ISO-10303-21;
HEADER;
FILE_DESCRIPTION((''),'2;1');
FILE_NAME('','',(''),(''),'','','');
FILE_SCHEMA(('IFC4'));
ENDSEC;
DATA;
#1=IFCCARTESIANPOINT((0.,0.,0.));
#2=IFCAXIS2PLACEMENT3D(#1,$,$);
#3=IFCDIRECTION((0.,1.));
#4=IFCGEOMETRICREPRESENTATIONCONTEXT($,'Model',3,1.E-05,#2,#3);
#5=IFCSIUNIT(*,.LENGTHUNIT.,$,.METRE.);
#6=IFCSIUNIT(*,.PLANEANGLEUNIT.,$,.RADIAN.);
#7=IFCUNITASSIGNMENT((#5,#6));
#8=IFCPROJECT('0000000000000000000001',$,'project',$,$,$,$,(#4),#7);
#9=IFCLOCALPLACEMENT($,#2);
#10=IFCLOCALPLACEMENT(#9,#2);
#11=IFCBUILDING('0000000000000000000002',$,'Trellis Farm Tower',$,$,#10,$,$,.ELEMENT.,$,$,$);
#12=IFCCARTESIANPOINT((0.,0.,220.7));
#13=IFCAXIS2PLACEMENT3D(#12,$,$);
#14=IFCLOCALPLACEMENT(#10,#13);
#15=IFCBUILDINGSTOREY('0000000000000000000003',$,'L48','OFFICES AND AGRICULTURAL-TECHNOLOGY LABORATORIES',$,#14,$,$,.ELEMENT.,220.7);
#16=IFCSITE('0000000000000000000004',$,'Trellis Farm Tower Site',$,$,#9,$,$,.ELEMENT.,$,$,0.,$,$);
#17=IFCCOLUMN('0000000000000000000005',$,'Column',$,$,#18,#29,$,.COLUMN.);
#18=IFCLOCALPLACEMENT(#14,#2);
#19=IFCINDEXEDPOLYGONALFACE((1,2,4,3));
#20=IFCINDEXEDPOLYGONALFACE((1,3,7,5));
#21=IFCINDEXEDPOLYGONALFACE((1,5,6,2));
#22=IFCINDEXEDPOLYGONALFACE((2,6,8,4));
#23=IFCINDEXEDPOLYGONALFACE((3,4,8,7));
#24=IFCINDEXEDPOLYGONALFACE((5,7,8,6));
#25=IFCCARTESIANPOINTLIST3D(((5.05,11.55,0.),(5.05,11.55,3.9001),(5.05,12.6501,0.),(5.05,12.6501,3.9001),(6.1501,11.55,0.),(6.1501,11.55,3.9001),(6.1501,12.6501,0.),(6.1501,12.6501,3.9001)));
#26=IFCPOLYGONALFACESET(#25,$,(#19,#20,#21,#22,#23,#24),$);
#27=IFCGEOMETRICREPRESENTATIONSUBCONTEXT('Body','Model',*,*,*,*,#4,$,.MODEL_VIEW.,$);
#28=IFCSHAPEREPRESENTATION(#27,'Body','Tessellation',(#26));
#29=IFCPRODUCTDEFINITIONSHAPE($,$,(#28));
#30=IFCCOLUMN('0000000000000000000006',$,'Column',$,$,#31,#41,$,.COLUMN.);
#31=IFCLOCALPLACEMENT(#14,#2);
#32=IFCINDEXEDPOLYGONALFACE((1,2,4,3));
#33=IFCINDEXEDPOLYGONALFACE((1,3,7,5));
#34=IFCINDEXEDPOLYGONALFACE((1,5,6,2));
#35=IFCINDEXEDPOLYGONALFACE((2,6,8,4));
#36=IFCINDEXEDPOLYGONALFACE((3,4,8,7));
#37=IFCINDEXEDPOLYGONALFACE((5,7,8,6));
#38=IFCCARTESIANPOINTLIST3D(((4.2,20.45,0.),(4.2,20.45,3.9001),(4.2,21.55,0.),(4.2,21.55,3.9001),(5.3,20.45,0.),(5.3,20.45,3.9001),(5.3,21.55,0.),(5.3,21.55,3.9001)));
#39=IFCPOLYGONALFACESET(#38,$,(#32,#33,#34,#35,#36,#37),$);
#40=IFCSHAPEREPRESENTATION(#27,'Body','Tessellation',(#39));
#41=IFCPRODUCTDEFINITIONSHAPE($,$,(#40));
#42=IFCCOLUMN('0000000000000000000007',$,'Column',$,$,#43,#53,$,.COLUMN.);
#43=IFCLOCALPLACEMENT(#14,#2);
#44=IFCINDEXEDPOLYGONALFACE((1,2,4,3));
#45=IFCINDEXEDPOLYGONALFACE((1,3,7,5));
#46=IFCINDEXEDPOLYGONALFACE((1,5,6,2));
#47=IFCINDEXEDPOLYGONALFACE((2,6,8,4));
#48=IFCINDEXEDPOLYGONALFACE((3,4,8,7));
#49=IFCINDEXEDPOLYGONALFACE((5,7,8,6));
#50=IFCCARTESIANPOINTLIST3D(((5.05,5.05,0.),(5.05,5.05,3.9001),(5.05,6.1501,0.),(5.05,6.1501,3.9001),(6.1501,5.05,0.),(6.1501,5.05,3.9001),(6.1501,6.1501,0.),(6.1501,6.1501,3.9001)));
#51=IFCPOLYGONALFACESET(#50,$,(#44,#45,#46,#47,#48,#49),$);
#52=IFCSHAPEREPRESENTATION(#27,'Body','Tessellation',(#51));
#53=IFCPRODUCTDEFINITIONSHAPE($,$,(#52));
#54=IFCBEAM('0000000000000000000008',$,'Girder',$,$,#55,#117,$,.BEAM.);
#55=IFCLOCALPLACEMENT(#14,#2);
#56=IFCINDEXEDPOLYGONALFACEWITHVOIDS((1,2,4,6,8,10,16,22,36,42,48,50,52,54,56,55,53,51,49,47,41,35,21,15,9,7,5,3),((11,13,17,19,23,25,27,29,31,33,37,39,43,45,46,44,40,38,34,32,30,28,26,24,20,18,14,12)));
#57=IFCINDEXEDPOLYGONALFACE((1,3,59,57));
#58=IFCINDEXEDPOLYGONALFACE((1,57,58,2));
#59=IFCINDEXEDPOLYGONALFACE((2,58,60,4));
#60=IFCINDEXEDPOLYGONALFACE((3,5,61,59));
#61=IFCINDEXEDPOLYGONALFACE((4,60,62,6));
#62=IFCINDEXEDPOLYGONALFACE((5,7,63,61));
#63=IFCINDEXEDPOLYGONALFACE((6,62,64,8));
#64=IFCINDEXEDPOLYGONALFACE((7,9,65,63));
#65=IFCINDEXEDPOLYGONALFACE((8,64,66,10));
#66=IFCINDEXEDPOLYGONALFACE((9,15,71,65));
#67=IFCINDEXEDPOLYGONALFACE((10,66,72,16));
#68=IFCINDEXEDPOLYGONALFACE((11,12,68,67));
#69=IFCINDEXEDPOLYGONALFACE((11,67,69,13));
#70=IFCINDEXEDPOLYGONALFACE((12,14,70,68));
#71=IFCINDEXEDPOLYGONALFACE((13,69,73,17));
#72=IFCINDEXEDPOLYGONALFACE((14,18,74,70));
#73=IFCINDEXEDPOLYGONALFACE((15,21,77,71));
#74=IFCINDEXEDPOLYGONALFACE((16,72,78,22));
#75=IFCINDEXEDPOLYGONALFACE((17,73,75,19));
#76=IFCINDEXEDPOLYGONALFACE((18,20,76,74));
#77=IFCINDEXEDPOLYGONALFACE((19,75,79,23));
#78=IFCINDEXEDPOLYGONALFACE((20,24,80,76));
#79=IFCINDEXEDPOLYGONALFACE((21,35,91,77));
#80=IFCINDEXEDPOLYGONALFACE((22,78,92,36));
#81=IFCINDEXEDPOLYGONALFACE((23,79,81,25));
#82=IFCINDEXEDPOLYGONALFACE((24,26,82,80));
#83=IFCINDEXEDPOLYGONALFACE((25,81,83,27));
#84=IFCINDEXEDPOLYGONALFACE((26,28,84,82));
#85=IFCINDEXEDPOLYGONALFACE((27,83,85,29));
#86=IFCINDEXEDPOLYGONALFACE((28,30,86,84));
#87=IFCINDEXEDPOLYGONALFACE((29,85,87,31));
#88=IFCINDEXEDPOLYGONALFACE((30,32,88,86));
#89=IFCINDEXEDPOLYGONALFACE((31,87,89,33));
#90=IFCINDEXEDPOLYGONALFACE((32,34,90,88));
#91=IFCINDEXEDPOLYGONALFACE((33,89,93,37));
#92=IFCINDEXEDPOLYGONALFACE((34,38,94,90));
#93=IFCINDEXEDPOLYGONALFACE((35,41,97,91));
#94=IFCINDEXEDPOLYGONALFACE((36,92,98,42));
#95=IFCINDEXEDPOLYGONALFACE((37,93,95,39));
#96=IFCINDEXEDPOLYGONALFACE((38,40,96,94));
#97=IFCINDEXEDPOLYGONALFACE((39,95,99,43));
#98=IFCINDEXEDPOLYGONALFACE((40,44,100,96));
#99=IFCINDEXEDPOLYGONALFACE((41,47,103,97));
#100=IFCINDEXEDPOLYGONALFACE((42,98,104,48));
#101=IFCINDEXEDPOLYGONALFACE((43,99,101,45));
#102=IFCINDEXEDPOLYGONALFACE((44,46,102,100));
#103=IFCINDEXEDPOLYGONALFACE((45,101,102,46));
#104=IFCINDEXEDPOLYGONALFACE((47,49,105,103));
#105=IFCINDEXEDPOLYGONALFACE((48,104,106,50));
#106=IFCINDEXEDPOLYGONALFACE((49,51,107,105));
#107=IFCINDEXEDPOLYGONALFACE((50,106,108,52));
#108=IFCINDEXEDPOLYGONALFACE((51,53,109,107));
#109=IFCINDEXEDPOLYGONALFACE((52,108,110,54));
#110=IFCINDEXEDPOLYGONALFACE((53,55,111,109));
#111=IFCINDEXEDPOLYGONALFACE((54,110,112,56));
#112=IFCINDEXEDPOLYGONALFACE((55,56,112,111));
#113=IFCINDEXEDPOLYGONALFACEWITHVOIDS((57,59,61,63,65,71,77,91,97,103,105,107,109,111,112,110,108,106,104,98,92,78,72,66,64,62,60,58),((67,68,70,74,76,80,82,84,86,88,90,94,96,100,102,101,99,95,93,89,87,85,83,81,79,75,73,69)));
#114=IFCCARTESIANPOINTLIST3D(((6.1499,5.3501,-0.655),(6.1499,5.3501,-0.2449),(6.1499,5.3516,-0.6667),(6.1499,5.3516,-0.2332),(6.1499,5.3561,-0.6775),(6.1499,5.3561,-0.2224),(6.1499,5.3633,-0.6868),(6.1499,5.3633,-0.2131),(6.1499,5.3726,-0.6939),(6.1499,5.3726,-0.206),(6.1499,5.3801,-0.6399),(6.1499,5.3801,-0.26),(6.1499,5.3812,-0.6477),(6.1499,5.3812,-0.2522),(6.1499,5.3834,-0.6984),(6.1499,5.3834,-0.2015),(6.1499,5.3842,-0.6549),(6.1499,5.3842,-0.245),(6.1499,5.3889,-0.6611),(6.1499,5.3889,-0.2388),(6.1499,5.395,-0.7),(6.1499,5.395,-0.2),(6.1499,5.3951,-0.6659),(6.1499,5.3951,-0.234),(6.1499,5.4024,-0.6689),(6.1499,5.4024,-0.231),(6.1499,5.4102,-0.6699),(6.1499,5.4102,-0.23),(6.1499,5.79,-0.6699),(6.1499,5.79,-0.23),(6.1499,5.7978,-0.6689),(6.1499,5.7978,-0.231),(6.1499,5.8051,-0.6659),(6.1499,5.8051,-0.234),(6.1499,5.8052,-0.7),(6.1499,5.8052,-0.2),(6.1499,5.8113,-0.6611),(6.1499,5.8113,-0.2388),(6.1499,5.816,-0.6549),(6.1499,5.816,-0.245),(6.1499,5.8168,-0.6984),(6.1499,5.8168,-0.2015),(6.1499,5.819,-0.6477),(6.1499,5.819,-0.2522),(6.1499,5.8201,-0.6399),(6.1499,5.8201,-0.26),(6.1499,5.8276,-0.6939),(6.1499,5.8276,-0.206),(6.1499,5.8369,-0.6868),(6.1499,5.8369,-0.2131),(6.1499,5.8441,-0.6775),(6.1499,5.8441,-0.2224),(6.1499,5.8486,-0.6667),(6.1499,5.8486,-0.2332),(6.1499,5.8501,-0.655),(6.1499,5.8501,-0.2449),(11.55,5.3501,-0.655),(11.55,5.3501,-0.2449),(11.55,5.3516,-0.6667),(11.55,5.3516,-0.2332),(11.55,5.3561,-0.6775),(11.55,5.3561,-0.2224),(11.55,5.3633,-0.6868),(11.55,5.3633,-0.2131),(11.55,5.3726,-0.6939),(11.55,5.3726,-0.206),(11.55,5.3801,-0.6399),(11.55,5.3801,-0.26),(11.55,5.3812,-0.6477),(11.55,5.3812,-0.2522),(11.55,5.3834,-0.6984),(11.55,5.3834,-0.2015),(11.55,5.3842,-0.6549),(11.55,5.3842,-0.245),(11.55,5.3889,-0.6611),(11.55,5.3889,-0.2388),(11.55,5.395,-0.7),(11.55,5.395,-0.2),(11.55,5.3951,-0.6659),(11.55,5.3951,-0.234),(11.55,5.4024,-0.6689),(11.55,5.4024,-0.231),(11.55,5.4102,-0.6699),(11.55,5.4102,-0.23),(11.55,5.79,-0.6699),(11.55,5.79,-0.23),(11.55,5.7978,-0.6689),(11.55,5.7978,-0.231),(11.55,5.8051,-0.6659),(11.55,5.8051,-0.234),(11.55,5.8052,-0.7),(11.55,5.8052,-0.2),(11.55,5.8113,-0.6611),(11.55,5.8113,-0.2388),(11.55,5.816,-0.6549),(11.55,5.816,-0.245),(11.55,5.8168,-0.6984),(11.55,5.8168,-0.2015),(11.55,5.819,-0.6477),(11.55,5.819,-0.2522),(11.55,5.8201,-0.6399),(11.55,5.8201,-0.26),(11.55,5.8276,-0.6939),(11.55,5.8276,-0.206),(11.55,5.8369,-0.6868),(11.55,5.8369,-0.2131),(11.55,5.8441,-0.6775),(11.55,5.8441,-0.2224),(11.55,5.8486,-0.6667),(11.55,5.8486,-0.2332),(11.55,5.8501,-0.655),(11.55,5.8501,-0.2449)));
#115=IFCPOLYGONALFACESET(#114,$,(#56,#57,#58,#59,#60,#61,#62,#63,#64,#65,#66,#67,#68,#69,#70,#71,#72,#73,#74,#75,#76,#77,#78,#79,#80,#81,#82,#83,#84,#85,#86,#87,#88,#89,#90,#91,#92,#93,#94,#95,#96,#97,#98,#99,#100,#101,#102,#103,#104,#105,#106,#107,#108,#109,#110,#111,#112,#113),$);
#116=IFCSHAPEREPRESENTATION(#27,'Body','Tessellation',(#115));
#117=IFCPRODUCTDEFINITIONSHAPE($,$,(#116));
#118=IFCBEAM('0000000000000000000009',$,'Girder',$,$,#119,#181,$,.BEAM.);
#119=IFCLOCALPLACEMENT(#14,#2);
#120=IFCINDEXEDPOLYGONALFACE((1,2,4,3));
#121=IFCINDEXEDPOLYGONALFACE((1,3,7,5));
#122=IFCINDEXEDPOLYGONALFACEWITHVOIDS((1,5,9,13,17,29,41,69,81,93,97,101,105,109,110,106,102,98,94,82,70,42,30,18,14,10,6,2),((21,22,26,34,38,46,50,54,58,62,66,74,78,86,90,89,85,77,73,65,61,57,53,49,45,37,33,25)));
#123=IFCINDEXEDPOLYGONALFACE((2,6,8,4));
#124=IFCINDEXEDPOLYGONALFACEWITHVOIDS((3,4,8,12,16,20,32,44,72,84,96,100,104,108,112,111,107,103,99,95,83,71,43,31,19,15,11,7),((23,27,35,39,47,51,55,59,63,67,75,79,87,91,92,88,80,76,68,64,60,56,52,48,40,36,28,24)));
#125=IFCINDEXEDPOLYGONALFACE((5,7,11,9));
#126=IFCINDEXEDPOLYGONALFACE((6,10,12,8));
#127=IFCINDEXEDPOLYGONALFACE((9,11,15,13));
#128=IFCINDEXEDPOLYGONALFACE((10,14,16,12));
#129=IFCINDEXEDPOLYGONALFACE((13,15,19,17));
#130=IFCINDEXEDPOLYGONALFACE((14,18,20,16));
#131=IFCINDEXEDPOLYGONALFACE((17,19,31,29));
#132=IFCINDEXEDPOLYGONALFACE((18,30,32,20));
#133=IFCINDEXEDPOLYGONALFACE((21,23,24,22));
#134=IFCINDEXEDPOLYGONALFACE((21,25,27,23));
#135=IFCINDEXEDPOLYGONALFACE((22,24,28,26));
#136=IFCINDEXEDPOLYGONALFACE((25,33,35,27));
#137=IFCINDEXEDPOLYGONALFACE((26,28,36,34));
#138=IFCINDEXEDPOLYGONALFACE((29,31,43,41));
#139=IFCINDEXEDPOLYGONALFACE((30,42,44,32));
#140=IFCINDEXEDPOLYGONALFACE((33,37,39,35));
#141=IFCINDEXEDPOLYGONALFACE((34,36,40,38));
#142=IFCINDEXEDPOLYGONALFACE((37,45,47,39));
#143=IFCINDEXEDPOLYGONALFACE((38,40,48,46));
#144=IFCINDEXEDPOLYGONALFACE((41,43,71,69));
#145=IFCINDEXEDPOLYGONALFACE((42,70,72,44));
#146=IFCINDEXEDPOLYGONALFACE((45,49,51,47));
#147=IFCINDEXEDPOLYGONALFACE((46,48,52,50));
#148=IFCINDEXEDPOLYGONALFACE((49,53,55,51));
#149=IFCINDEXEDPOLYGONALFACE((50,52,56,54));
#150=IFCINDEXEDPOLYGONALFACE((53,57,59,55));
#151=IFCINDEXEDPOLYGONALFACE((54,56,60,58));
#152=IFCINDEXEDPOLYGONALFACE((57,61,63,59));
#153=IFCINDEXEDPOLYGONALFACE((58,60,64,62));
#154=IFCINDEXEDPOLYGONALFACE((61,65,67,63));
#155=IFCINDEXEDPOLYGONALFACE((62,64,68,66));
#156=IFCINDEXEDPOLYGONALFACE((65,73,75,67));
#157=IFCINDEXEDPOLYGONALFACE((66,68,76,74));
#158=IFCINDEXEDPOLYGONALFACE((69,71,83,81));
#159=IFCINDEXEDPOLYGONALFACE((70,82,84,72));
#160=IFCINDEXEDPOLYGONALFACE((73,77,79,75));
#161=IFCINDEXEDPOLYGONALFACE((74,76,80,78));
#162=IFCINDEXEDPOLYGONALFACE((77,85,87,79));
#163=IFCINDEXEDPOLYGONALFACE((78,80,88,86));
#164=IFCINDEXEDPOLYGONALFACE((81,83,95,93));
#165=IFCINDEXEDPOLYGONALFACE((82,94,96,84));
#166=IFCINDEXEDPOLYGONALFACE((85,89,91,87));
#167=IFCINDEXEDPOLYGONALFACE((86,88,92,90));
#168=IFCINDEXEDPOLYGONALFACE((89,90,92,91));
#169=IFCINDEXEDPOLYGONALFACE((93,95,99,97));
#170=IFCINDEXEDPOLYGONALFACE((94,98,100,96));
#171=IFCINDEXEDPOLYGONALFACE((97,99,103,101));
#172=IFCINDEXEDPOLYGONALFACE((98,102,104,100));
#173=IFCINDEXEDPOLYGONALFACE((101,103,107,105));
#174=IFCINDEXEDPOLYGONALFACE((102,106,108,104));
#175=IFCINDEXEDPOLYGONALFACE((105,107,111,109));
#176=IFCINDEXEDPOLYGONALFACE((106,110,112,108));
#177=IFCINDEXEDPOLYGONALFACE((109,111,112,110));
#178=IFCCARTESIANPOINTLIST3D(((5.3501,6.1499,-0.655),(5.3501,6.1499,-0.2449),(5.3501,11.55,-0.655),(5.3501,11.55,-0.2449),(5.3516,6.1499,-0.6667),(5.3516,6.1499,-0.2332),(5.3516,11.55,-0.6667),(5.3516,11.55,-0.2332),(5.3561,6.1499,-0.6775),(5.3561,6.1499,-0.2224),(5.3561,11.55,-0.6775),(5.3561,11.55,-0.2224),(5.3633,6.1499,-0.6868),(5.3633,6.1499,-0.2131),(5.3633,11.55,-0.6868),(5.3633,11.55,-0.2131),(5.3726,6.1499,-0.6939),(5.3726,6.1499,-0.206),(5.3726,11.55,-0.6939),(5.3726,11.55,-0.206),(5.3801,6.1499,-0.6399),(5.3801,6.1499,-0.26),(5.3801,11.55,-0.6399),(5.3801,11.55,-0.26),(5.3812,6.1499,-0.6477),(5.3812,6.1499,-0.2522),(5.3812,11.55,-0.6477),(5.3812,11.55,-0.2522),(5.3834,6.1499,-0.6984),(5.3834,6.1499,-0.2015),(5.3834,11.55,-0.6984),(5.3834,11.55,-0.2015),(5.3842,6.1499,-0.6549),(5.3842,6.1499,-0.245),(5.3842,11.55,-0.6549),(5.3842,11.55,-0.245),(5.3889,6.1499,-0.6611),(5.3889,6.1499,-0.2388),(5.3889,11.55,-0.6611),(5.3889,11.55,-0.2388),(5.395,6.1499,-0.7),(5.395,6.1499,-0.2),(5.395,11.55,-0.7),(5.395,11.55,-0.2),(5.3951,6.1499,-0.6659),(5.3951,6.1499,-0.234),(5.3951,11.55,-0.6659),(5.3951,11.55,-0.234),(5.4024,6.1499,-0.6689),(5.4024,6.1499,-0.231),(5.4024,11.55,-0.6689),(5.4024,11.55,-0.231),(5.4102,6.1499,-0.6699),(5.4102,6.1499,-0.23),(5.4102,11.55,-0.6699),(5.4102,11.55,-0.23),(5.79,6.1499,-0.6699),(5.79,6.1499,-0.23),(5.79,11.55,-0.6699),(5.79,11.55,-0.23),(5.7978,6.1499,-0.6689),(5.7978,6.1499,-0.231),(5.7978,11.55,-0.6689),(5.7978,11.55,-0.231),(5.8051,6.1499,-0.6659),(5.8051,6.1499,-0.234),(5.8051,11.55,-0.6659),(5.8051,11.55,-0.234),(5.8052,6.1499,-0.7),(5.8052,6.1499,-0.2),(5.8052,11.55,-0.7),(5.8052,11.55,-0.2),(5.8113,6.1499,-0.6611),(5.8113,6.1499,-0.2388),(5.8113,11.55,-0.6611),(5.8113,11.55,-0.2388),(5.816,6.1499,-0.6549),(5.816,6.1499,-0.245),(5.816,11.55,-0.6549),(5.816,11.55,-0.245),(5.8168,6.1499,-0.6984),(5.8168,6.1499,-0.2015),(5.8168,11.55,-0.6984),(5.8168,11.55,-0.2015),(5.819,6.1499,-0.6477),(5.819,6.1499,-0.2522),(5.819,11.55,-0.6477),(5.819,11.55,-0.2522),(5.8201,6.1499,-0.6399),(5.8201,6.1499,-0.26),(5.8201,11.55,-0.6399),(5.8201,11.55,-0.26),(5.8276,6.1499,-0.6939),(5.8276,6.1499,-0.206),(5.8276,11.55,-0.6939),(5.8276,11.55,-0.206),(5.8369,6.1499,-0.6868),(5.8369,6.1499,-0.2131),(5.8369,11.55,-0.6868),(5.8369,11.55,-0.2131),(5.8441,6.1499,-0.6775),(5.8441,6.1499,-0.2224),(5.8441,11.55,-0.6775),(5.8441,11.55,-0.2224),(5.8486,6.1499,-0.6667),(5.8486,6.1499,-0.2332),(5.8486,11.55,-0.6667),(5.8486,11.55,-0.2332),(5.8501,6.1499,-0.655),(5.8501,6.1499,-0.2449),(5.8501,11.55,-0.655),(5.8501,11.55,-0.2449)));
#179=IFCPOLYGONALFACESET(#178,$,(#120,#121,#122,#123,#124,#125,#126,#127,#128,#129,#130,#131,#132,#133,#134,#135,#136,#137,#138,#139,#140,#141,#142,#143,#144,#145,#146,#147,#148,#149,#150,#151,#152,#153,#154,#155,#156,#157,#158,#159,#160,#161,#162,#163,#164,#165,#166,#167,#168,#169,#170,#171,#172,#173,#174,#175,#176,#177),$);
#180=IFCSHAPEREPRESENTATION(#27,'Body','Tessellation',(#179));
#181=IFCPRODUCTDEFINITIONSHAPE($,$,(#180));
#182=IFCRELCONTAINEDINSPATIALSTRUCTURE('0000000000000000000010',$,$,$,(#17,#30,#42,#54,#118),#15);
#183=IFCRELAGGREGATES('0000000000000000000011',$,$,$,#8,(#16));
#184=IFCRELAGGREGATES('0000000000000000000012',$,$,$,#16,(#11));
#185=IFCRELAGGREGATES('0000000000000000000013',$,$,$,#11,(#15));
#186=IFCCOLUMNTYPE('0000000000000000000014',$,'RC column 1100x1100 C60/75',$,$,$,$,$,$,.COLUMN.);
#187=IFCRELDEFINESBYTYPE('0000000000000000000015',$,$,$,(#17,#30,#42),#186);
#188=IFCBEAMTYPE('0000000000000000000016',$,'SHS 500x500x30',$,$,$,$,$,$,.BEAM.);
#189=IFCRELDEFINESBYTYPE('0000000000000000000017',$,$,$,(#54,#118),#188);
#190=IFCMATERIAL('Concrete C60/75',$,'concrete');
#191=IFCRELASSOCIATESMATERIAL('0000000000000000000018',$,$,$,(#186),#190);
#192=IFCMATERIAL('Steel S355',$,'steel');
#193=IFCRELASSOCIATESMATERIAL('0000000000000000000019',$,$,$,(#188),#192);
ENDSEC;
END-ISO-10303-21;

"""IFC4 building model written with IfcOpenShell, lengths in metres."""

from ifc_helpers import new_model, si_unit, direction, frame, origin, origin_2d, place, context, subcontext, project, spatial, rectangle, hollow_rectangle, extrude, source, transform, mapped, material, material_profile, profile_set, type_object, element, save


model = new_model("IFC4")

# Units and contexts
model_context = context("Model", 3, precision=1e-05, world=origin(), true_north=direction((0.0, 1.0)))
body_context = subcontext(model_context, "Body", "Model", "MODEL_VIEW")
ifc_project = project(units=[si_unit("LENGTHUNIT", "METRE"), si_unit("PLANEANGLEUNIT", "RADIAN")], contexts=[model_context])

# Site, building, storey
site_placement = place(None, origin())
site = spatial("IfcSite", under=ifc_project, at=site_placement, Name="Trellis Farm Tower Site", CompositionType="ELEMENT", RefElevation=0.0)
building_placement = place(site_placement, origin())
building = spatial("IfcBuilding", under=site, at=building_placement, Name="Trellis Farm Tower", CompositionType="ELEMENT")
storey_placement = place(building_placement, frame((0.0, 0.0, 220.7)))
storey = spatial("IfcBuildingStorey", under=building, at=storey_placement, Name="L48", Description="OFFICES AND AGRICULTURAL-TECHNOLOGY LABORATORIES", CompositionType="ELEMENT", Elevation=220.7)

# Columns
ifc_material_1 = material(Name="Concrete C60/75", Category="concrete")
ifc_material_profile_1 = material_profile(ifc_material_1, rectangle(XDim=1.1001, YDim=1.1001, at=origin_2d()), Name="RC column 1100x1100 C60/75")
ifc_profile_set_1 = profile_set([ifc_material_profile_1], Name="Concrete C60/75")
column_type = type_object("IfcColumnType", Name="RC column 1100x1100 C60/75", PredefinedType="COLUMN", material=ifc_profile_set_1)
shared_shape_1 = source(origin(), body_context, "Body", "SweptSolid", [
    extrude(rectangle(XDim=1.1001, YDim=1.1001, at=origin_2d()), origin(), (0.0, 0.0, 1.0), 3.9001),
])
for number, where, z_axis, x_axis, name in (
    (1, (5.6001, 12.1001, 0.0), (0.0, 0.0, 1.0), (1.0, 0.0, 0.0), "Column"),
    (2, (4.75, 21.0, 0.0), (0.0, 0.0, 1.0), (1.0, 0.0, 0.0), "Column"),
    (3, (5.6001, 5.6001, 0.0), (0.0, 0.0, 1.0), (1.0, 0.0, 0.0), "Column"),
):
    element("IfcColumn", number, at=place(storey_placement, frame(where, z_axis=z_axis, x_axis=x_axis)), inside=storey, type_object=column_type, Name=name, PredefinedType="COLUMN", context=body_context, shape_type="MappedRepresentation", body=[
        mapped(shared_shape_1, transform((0.0, 0.0, 0.0))),
    ])

# Beams
ifc_material_2 = material(Name="Steel S355", Category="steel")
ifc_material_profile_2 = material_profile(ifc_material_2, hollow_rectangle(XDim=0.5, YDim=0.5, WallThickness=0.03, InnerFilletRadius=0.03, OuterFilletRadius=0.0449, at=origin_2d()), Name="SHS 500x500x30")
ifc_profile_set_2 = profile_set([ifc_material_profile_2], Name="Steel S355")
beam_type_1 = type_object("IfcBeamType", Name="SHS 500x500x30", PredefinedType="BEAM", material=ifc_profile_set_2)
shared_shape_2 = source(origin(), body_context, "Body", "SweptSolid", [
    extrude(hollow_rectangle(XDim=0.5, YDim=0.5, WallThickness=0.03, InnerFilletRadius=0.03, OuterFilletRadius=0.0449, at=origin_2d()), origin(), (0.0, 0.0, 1.0), 5.4001),
])
for number, where, z_axis, x_axis, name in (
    (4, (6.1499, 5.6001, -0.45), (1.0, 0.0, 0.0), (0.0, 1.0, 0.0), "Girder"),
    (5, (5.6001, 6.1499, -0.45), (0.0, 1.0, 0.0), (-1.0, 0.0, 0.0), "Girder"),
):
    element("IfcBeam", number, at=place(storey_placement, frame(where, z_axis=z_axis, x_axis=x_axis)), inside=storey, type_object=beam_type_1, Name=name, PredefinedType="BEAM", context=body_context, shape_type="MappedRepresentation", body=[
        mapped(shared_shape_2, transform((0.0, 0.0, 0.0))),
    ])

save(model, "model.ifc")
